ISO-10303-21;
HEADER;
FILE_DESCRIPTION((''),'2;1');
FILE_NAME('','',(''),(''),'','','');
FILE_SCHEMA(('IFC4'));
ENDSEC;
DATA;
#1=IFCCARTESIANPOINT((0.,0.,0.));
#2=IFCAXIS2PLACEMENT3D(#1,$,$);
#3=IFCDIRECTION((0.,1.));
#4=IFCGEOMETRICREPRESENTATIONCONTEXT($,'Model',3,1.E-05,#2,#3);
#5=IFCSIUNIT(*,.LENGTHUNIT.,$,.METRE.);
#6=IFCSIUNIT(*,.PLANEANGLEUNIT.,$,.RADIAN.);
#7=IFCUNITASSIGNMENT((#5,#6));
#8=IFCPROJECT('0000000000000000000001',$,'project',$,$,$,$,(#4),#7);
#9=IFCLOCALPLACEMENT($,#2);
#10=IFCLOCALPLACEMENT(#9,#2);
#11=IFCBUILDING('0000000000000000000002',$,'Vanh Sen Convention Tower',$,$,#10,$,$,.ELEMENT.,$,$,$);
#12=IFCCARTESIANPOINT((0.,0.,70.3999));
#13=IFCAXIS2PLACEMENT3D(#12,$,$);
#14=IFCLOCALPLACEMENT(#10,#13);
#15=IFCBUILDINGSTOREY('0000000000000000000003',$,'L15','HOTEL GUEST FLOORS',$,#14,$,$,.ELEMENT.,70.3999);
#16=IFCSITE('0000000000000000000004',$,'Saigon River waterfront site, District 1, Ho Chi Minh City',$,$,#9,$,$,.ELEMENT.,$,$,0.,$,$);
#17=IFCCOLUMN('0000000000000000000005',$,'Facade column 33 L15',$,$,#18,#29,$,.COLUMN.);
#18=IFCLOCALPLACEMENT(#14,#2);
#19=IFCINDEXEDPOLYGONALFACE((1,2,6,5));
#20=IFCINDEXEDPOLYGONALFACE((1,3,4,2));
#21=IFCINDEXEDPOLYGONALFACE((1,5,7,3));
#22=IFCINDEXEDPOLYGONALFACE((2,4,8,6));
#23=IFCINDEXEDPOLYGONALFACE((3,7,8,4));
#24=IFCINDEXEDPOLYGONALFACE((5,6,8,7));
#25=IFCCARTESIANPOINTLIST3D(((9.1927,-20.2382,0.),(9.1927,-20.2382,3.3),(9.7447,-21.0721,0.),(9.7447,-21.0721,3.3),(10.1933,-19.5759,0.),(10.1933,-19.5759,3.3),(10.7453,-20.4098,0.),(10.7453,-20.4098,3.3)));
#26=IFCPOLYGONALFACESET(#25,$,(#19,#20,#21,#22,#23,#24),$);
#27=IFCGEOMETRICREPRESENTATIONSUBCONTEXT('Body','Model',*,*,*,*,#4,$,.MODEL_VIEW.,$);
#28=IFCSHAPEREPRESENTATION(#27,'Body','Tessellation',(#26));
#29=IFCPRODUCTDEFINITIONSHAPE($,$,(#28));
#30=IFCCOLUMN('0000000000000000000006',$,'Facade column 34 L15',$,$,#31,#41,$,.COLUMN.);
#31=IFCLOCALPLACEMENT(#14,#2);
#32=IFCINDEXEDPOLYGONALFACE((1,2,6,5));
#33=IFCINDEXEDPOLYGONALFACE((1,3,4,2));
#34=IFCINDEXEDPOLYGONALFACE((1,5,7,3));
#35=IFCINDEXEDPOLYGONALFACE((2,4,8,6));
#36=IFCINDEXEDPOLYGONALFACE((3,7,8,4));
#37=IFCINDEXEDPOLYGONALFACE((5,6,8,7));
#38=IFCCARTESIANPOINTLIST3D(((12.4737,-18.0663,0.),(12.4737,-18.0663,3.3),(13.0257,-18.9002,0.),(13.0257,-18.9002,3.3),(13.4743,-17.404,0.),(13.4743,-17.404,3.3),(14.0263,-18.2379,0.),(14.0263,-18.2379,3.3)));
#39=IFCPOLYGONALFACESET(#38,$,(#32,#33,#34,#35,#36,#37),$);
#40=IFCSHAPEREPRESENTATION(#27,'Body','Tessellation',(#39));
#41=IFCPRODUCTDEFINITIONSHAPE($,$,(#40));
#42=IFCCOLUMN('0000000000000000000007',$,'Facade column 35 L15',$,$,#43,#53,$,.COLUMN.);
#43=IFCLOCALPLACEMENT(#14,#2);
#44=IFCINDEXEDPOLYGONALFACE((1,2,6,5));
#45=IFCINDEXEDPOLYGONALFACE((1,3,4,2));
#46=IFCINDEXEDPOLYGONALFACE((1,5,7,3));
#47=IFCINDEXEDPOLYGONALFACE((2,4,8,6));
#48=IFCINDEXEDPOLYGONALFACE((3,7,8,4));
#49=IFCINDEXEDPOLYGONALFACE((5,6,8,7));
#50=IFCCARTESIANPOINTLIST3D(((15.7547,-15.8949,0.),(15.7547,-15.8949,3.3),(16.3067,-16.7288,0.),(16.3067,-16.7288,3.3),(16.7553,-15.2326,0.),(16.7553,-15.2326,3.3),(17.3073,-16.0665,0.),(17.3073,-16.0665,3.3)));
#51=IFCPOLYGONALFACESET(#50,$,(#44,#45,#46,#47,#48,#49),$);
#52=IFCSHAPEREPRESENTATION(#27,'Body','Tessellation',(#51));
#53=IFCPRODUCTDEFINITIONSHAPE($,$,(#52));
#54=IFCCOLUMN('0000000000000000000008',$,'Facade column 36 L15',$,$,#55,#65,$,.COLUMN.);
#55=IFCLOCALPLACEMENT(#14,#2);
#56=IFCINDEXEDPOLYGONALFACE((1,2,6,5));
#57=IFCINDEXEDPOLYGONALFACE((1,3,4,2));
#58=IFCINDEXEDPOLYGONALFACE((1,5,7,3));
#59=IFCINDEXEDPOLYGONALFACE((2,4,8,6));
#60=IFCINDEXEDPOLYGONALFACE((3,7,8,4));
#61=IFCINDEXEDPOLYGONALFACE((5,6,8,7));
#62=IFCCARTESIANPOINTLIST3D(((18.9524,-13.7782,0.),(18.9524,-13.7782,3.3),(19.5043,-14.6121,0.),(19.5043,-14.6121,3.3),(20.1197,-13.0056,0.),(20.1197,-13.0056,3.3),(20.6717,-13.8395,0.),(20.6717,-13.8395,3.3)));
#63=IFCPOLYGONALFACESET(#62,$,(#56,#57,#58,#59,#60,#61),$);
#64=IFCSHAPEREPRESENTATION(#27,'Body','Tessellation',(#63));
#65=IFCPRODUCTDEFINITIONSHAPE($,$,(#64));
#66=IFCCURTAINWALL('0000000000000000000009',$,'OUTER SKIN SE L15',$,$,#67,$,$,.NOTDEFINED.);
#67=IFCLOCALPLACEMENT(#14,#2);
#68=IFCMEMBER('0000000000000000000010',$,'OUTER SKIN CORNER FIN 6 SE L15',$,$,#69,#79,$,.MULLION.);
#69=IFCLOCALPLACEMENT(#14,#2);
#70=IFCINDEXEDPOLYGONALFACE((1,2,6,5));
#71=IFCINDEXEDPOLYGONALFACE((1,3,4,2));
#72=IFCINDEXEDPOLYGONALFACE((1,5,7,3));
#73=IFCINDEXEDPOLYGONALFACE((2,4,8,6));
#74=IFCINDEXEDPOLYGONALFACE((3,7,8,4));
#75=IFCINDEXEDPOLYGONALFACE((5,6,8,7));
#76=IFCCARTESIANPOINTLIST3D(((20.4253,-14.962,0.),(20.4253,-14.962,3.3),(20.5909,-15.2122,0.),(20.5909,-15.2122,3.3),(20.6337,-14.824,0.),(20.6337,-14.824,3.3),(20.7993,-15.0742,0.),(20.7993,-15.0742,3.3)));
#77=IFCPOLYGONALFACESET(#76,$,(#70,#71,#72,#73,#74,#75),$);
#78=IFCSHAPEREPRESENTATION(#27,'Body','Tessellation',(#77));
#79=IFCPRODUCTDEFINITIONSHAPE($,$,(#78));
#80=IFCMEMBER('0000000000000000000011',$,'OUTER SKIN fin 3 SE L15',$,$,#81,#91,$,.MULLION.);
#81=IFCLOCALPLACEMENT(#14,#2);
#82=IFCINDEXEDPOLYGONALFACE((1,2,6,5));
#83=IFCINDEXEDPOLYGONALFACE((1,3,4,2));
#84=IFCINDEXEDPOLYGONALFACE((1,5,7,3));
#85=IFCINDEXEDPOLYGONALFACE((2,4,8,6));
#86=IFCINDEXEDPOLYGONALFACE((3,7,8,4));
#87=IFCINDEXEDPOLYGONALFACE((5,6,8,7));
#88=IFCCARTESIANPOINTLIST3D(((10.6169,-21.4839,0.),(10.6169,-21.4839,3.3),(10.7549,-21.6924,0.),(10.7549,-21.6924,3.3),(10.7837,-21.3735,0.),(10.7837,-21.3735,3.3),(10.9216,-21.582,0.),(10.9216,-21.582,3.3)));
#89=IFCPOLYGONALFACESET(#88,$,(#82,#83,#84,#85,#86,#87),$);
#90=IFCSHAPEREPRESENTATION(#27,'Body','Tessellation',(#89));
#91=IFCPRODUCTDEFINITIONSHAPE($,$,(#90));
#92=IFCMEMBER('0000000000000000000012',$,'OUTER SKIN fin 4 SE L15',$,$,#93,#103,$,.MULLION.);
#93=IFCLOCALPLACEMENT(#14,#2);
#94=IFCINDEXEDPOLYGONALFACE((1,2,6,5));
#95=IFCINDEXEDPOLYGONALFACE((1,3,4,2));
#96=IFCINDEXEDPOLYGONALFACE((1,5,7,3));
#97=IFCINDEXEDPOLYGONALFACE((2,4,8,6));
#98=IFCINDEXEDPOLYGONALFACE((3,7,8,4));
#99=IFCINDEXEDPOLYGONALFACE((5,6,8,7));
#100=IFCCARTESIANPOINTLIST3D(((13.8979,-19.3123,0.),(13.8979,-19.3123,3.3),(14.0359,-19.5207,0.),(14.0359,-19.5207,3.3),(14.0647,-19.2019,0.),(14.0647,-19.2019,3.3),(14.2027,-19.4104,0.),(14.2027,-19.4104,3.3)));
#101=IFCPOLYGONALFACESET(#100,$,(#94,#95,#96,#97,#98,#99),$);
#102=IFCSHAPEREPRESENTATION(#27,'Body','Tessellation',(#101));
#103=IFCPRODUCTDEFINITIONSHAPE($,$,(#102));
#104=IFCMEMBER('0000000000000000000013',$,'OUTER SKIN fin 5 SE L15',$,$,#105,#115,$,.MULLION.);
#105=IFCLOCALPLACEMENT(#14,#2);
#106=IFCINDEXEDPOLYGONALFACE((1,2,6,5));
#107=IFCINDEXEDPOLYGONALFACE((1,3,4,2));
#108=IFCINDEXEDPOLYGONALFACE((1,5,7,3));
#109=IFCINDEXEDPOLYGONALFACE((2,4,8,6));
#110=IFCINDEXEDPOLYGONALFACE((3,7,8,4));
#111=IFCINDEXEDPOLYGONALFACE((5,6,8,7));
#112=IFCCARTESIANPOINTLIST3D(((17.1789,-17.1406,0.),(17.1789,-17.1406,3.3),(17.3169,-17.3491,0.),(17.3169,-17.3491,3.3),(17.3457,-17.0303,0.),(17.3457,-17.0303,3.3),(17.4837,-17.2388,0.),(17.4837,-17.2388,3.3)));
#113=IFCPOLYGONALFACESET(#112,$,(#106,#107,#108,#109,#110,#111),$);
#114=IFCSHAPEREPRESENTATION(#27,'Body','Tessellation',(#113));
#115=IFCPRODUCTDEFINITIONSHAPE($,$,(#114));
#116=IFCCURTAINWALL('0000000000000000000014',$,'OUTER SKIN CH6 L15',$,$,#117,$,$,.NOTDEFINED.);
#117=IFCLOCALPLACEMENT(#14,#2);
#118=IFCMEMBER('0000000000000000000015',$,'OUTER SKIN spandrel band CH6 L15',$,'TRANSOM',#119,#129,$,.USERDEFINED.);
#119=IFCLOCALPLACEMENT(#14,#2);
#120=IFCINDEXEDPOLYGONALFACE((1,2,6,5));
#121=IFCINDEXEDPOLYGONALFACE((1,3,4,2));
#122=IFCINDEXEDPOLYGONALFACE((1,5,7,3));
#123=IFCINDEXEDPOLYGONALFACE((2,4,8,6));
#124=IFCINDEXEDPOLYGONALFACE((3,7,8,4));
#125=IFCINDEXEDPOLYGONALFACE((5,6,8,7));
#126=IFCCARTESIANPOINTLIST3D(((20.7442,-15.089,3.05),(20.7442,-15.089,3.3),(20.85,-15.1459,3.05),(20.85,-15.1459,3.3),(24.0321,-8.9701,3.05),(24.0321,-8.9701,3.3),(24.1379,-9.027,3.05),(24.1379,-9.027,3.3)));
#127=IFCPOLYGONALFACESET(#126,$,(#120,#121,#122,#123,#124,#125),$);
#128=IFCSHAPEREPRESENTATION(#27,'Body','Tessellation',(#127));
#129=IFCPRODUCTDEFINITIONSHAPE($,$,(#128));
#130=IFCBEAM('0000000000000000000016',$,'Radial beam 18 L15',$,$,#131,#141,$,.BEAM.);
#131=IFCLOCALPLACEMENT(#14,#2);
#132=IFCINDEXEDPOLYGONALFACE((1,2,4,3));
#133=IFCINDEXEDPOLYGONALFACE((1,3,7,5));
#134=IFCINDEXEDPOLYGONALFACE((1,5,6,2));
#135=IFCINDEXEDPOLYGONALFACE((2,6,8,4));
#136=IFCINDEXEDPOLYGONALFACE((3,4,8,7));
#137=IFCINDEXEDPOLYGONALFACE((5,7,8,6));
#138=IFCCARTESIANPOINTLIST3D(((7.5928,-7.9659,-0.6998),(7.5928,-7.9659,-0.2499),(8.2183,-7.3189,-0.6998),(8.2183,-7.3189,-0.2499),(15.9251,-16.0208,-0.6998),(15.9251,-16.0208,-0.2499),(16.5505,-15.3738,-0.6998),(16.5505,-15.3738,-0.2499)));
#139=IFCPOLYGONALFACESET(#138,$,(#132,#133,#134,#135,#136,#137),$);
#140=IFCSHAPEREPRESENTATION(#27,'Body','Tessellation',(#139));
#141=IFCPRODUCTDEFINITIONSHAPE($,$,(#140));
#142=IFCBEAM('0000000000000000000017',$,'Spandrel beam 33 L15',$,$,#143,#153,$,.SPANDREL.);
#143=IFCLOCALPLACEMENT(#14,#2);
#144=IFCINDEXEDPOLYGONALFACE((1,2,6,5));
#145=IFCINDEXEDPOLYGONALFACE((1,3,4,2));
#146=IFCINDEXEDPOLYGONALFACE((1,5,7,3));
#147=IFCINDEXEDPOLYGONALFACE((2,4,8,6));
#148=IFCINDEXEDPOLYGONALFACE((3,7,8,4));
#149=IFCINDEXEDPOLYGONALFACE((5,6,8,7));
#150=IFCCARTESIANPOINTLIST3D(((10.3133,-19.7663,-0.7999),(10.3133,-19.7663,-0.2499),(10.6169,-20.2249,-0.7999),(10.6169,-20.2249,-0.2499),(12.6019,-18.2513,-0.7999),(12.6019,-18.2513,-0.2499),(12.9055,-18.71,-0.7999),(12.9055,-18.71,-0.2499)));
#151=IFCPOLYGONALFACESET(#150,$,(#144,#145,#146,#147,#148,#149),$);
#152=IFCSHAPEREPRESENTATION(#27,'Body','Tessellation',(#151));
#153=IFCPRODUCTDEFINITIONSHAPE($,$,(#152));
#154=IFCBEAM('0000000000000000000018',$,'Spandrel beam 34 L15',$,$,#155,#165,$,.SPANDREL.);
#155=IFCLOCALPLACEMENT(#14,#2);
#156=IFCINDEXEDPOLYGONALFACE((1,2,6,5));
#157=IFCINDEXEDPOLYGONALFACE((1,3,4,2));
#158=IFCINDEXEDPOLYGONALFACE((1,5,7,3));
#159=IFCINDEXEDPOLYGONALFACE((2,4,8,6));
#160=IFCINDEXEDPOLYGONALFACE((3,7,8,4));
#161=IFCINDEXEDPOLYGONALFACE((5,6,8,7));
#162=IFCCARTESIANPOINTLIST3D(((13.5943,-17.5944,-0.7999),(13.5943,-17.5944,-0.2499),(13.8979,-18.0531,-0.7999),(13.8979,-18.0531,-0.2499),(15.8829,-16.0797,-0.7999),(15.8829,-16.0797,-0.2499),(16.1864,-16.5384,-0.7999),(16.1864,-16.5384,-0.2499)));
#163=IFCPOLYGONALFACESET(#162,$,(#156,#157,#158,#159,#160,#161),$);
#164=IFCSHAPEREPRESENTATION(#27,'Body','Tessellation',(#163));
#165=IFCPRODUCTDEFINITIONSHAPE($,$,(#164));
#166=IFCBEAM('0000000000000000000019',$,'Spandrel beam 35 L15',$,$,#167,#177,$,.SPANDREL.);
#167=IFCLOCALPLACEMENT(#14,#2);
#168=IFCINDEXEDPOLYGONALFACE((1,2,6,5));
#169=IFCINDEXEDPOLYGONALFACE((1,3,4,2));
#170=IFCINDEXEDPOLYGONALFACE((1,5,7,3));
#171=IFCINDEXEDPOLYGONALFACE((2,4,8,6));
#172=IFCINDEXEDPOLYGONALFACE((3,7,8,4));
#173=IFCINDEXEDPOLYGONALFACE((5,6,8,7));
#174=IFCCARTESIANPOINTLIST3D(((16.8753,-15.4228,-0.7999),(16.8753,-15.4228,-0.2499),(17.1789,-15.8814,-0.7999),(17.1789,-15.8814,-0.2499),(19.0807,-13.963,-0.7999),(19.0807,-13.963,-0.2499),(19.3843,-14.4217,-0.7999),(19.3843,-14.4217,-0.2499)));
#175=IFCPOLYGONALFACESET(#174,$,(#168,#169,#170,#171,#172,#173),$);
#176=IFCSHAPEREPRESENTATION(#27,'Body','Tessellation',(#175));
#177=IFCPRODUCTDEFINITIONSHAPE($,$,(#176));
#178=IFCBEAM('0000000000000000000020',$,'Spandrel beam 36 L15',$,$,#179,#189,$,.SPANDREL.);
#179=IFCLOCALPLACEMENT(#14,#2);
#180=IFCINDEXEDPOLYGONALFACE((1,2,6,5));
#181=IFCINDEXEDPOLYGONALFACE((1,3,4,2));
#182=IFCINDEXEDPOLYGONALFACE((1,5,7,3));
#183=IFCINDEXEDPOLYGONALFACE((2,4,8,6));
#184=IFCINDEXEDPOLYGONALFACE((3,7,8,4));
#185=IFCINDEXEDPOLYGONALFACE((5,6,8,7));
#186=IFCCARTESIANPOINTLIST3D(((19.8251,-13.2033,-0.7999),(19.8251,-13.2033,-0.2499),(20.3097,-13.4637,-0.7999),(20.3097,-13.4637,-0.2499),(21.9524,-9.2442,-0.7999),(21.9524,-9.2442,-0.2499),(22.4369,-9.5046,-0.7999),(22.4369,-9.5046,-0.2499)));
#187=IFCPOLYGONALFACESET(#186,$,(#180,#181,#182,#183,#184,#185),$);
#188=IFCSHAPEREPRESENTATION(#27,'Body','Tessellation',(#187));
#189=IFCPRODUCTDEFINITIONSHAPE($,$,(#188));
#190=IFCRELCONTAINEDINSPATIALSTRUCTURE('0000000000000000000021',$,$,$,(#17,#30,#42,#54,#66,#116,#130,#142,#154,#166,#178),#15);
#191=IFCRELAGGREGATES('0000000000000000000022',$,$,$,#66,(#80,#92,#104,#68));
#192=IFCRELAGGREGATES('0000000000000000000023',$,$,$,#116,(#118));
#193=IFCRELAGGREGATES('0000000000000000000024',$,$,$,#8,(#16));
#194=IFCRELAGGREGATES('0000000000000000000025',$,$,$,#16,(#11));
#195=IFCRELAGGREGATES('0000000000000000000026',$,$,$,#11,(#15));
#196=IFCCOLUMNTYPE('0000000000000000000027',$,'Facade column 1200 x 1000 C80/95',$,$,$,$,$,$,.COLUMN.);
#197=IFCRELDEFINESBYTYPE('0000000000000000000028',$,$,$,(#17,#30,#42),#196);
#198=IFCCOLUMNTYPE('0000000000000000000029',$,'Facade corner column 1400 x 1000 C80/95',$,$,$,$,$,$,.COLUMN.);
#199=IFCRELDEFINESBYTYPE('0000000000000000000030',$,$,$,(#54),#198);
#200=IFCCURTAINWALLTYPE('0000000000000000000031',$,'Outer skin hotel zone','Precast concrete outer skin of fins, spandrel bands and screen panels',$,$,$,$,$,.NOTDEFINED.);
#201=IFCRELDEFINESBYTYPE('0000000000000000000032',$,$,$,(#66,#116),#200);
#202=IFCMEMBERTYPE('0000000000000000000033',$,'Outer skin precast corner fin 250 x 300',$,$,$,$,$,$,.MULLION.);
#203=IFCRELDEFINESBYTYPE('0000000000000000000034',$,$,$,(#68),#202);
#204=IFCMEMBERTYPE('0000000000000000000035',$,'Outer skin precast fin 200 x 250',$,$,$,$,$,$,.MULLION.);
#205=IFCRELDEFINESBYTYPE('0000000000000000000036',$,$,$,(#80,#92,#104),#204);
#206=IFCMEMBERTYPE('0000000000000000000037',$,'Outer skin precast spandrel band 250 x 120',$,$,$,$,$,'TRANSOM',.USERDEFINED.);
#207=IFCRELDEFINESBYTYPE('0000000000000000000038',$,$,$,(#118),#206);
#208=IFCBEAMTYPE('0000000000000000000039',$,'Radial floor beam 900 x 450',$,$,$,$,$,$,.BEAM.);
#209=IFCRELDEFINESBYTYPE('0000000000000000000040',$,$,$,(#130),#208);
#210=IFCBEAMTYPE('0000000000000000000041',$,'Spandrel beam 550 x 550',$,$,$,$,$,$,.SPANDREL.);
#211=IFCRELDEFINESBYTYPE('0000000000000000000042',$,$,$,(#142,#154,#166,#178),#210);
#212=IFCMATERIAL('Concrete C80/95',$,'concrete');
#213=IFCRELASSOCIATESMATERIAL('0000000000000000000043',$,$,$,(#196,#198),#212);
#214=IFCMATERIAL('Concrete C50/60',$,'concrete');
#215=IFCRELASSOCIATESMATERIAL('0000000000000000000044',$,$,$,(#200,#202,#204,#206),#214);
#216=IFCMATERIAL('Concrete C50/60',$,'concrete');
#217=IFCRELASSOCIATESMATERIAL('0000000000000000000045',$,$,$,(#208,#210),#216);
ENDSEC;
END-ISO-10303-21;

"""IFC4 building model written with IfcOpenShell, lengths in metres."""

from ifc_helpers import new_model, si_unit, direction, frame, origin, origin_2d, place, context, subcontext, project, spatial, rectangle, extrude, material, material_profile, profile_set, type_object, element, aggregate, save


model = new_model("IFC4")

# Units and contexts
model_context = context("Model", 3, precision=1e-05, world=origin(), true_north=direction((0.0, 1.0)))
body_context = subcontext(model_context, "Body", "Model", "MODEL_VIEW")
ifc_project = project(units=[si_unit("LENGTHUNIT", "METRE"), si_unit("PLANEANGLEUNIT", "RADIAN")], contexts=[model_context])

# Site, building, storey
site_placement = place(None, origin())
site = spatial("IfcSite", under=ifc_project, at=site_placement, Name="Saigon River waterfront site, District 1, Ho Chi Minh City", CompositionType="ELEMENT", RefElevation=0.0)
building_placement = place(site_placement, origin())
building = spatial("IfcBuilding", under=site, at=building_placement, Name="Vanh Sen Convention Tower", CompositionType="ELEMENT")
storey_placement = place(building_placement, frame((0.0, 0.0, 70.3999)))
storey = spatial("IfcBuildingStorey", under=building, at=storey_placement, Name="L15", Description="HOTEL GUEST FLOORS", CompositionType="ELEMENT", Elevation=70.3999)

# Columns
ifc_material_1 = material(Name="Concrete C80/95", Category="concrete")
ifc_material_profile_1 = material_profile(ifc_material_1, rectangle(XDim=1.2, YDim=1.0, at=origin_2d()), Name="RC 1200X1000")
ifc_profile_set_1 = profile_set([ifc_material_profile_1], Name="Concrete C80/95")
column_type_1 = type_object("IfcColumnType", Name="Facade column 1200 x 1000 C80/95", PredefinedType="COLUMN", material=ifc_profile_set_1)
for number, where, z_axis, x_axis, name in (
    (1, (9.969, -20.324, 0.0), (0.0, 0.0, 1.0), (0.833886, 0.551937, 0.0), "Facade column 33 L15"),
    (2, (13.25, -18.1521, 0.0), (0.0, 0.0, 1.0), (0.833886, 0.551937, 0.0), "Facade column 34 L15"),
    (3, (16.531, -15.9807, 0.0), (0.0, 0.0, 1.0), (0.833886, 0.551937, 0.0), "Facade column 35 L15"),
):
    element("IfcColumn", number, at=place(storey_placement, frame(where, z_axis=z_axis, x_axis=x_axis)), inside=storey, type_object=column_type_1, Name=name, PredefinedType="COLUMN", context=body_context, shape_type="SweptSolid", body=[
        extrude(rectangle(XDim=1.2, YDim=1.0, at=origin_2d()), origin(), (0.0, 0.0, 1.0), 3.3),
    ])
ifc_material_profile_2 = material_profile(ifc_material_1, rectangle(XDim=1.3999, YDim=1.0, at=origin_2d()), Name="RC 1400X1000")
ifc_profile_set_2 = profile_set([ifc_material_profile_2], Name="Concrete C80/95")
column_type_2 = type_object("IfcColumnType", Name="Facade corner column 1400 x 1000 C80/95", PredefinedType="COLUMN", material=ifc_profile_set_2)
column_placement = place(storey_placement, frame((19.812, -13.8088, 0.0), z_axis=(0.0, 0.0, 1.0), x_axis=(0.833886, 0.551937, 0.0)))
element("IfcColumn", 4, at=column_placement, inside=storey, type_object=column_type_2, Name="Facade column 36 L15", PredefinedType="COLUMN", context=body_context, shape_type="SweptSolid", body=[
    extrude(rectangle(XDim=1.3999, YDim=1.0, at=origin_2d()), origin(), (0.0, 0.0, 1.0), 3.3),
])

# Curtain wall, members
ifc_material_2 = material(Name="Concrete C50/60", Category="concrete")
curtain_wall_type = type_object("IfcCurtainWallType", Name="Outer skin hotel zone", Description="Precast concrete outer skin of fins, spandrel bands and screen panels", PredefinedType="NOTDEFINED", material=ifc_material_2)
curtain_wall_1_placement = place(storey_placement, origin())
curtain_wall_1 = element("IfcCurtainWall", 5, at=curtain_wall_1_placement, inside=storey, type_object=curtain_wall_type, Name="OUTER SKIN SE L15", PredefinedType="NOTDEFINED")
ifc_material_profile_3 = material_profile(ifc_material_2, rectangle(XDim=0.25, YDim=0.3, at=origin_2d()), Name="Outer skin precast corner fin 250 x 300")
ifc_profile_set_3 = profile_set([ifc_material_profile_3], Name="Concrete C50/60")
member_type_1 = type_object("IfcMemberType", Name="Outer skin precast corner fin 250 x 300", PredefinedType="MULLION", material=ifc_profile_set_3)
member_1_placement = place(storey_placement, frame((20.6123, -15.0181, 0.0), z_axis=(0.0, 0.0, 1.0), x_axis=(0.833886, 0.551937, 0.0)))
member_1 = element("IfcMember", 6, at=member_1_placement, type_object=member_type_1, Name="OUTER SKIN CORNER FIN 6 SE L15", PredefinedType="MULLION", context=body_context, shape_type="SweptSolid", body=[
    extrude(rectangle(XDim=0.25, YDim=0.3, at=origin_2d()), origin(), (0.0, 0.0, 1.0), 3.3),
])
ifc_material_profile_4 = material_profile(ifc_material_2, rectangle(XDim=0.2, YDim=0.25, at=origin_2d()), Name="Outer skin precast fin 200 x 250")
ifc_profile_set_4 = profile_set([ifc_material_profile_4], Name="Concrete C50/60")
member_type_2 = type_object("IfcMemberType", Name="Outer skin precast fin 200 x 250", PredefinedType="MULLION", material=ifc_profile_set_4)
member_2_placement = place(storey_placement, frame((10.7693, -21.533, 0.0), z_axis=(0.0, 0.0, 1.0), x_axis=(0.833886, 0.551937, 0.0)))
member_2 = element("IfcMember", 7, at=member_2_placement, type_object=member_type_2, Name="OUTER SKIN fin 3 SE L15", PredefinedType="MULLION", context=body_context, shape_type="SweptSolid", body=[
    extrude(rectangle(XDim=0.2, YDim=0.25, at=origin_2d()), origin(), (0.0, 0.0, 1.0), 3.3),
])
member_3_placement = place(storey_placement, frame((14.0503, -19.3613, 0.0), z_axis=(0.0, 0.0, 1.0), x_axis=(0.833886, 0.551937, 0.0)))
member_3 = element("IfcMember", 8, at=member_3_placement, type_object=member_type_2, Name="OUTER SKIN fin 4 SE L15", PredefinedType="MULLION", context=body_context, shape_type="SweptSolid", body=[
    extrude(rectangle(XDim=0.2, YDim=0.25, at=origin_2d()), origin(), (0.0, 0.0, 1.0), 3.3),
])
member_4_placement = place(storey_placement, frame((17.3313, -17.1897, 0.0), z_axis=(0.0, 0.0, 1.0), x_axis=(0.833886, 0.551937, 0.0)))
member_4 = element("IfcMember", 9, at=member_4_placement, type_object=member_type_2, Name="OUTER SKIN fin 5 SE L15", PredefinedType="MULLION", context=body_context, shape_type="SweptSolid", body=[
    extrude(rectangle(XDim=0.2, YDim=0.25, at=origin_2d()), origin(), (0.0, 0.0, 1.0), 3.3),
])

# Curtain wall, member
curtain_wall_2_placement = place(storey_placement, origin())
curtain_wall_2 = element("IfcCurtainWall", 10, at=curtain_wall_2_placement, inside=storey, type_object=curtain_wall_type, Name="OUTER SKIN CH6 L15", PredefinedType="NOTDEFINED")
ifc_material_profile_5 = material_profile(ifc_material_2, rectangle(XDim=0.1201, YDim=0.25, at=origin_2d()), Name="Outer skin precast spandrel band 250 x 120")
ifc_profile_set_5 = profile_set([ifc_material_profile_5], Name="Concrete C50/60")
member_type_3 = type_object("IfcMemberType", Name="Outer skin precast spandrel band 250 x 120", ElementType="TRANSOM", PredefinedType="USERDEFINED", material=ifc_profile_set_5)
member_5_placement = place(storey_placement, frame((20.7971, -15.1174, 3.175), z_axis=(0.473324, 0.880888, 0.0), x_axis=(-0.880888, 0.473324, 0.0)))
member_5 = element("IfcMember", 11, at=member_5_placement, type_object=member_type_3, Name="OUTER SKIN spandrel band CH6 L15", ObjectType="TRANSOM", PredefinedType="USERDEFINED", context=body_context, shape_type="SweptSolid", body=[
    extrude(rectangle(XDim=0.1201, YDim=0.25, at=origin_2d()), origin(), (0.0, 0.0, 1.0), 6.9463),
])

# Beams
ifc_material_3 = material(Name="Concrete C50/60", Category="concrete")
ifc_material_profile_6 = material_profile(ifc_material_3, rectangle(XDim=0.8999, YDim=0.45, at=origin_2d()), Name="RC 900X450")
ifc_profile_set_6 = profile_set([ifc_material_profile_6], Name="Concrete C50/60")
beam_type_1 = type_object("IfcBeamType", Name="Radial floor beam 900 x 450", PredefinedType="BEAM", material=ifc_profile_set_6)
beam_1_placement = place(storey_placement, frame((16.2378, -15.6973, -0.4749), z_axis=(-0.718971, 0.69504, 0.0), x_axis=(-0.69504, -0.718971, 0.0)))
element("IfcBeam", 12, at=beam_1_placement, inside=storey, type_object=beam_type_1, Name="Radial beam 18 L15", PredefinedType="BEAM", context=body_context, shape_type="SweptSolid", body=[
    extrude(rectangle(XDim=0.8999, YDim=0.45, at=origin_2d()), origin(), (0.0, 0.0, 1.0), 11.5891),
])
ifc_material_profile_7 = material_profile(ifc_material_3, rectangle(XDim=0.55, YDim=0.55, at=origin_2d()), Name="RC 550X550")
ifc_profile_set_7 = profile_set([ifc_material_profile_7], Name="Concrete C50/60")
beam_type_2 = type_object("IfcBeamType", Name="Spandrel beam 550 x 550", PredefinedType="SPANDREL", material=ifc_profile_set_7)
beam_2_placement = place(storey_placement, frame((10.4651, -19.9956, -0.5249), z_axis=(0.833866, 0.551967, 0.0), x_axis=(-0.551967, 0.833866, 0.0)))
element("IfcBeam", 13, at=beam_2_placement, inside=storey, type_object=beam_type_2, Name="Spandrel beam 33 L15", PredefinedType="SPANDREL", context=body_context, shape_type="SweptSolid", body=[
    extrude(rectangle(XDim=0.55, YDim=0.55, at=origin_2d()), origin(), (0.0, 0.0, 1.0), 2.7446),
])
beam_3_placement = place(storey_placement, frame((13.7461, -17.8237, -0.5249), z_axis=(0.833907, 0.551905, 0.0), x_axis=(-0.551905, 0.833907, 0.0)))
element("IfcBeam", 14, at=beam_3_placement, inside=storey, type_object=beam_type_2, Name="Spandrel beam 34 L15", PredefinedType="SPANDREL", context=body_context, shape_type="SweptSolid", body=[
    extrude(rectangle(XDim=0.55, YDim=0.55, at=origin_2d()), origin(), (0.0, 0.0, 1.0), 2.7444),
])
beam_4_placement = place(storey_placement, frame((17.0271, -15.6521, -0.5249), z_axis=(0.833878, 0.551949, 0.0), x_axis=(-0.551949, 0.833878, 0.0)))
element("IfcBeam", 15, at=beam_4_placement, inside=storey, type_object=beam_type_2, Name="Spandrel beam 35 L15", PredefinedType="SPANDREL", context=body_context, shape_type="SweptSolid", body=[
    extrude(rectangle(XDim=0.55, YDim=0.55, at=origin_2d()), origin(), (0.0, 0.0, 1.0), 2.6448),
])
beam_5_placement = place(storey_placement, frame((20.0674, -13.3335, -0.5249), z_axis=(0.473312, 0.880895, 0.0), x_axis=(-0.880895, 0.473312, 0.0)))
element("IfcBeam", 16, at=beam_5_placement, inside=storey, type_object=beam_type_2, Name="Spandrel beam 36 L15", PredefinedType="SPANDREL", context=body_context, shape_type="SweptSolid", body=[
    extrude(rectangle(XDim=0.55, YDim=0.55, at=origin_2d()), origin(), (0.0, 0.0, 1.0), 4.4944),
])

aggregate(curtain_wall_1, [member_2, member_3, member_4, member_1])
aggregate(curtain_wall_2, [member_5])

save(model, "model.ifc")
